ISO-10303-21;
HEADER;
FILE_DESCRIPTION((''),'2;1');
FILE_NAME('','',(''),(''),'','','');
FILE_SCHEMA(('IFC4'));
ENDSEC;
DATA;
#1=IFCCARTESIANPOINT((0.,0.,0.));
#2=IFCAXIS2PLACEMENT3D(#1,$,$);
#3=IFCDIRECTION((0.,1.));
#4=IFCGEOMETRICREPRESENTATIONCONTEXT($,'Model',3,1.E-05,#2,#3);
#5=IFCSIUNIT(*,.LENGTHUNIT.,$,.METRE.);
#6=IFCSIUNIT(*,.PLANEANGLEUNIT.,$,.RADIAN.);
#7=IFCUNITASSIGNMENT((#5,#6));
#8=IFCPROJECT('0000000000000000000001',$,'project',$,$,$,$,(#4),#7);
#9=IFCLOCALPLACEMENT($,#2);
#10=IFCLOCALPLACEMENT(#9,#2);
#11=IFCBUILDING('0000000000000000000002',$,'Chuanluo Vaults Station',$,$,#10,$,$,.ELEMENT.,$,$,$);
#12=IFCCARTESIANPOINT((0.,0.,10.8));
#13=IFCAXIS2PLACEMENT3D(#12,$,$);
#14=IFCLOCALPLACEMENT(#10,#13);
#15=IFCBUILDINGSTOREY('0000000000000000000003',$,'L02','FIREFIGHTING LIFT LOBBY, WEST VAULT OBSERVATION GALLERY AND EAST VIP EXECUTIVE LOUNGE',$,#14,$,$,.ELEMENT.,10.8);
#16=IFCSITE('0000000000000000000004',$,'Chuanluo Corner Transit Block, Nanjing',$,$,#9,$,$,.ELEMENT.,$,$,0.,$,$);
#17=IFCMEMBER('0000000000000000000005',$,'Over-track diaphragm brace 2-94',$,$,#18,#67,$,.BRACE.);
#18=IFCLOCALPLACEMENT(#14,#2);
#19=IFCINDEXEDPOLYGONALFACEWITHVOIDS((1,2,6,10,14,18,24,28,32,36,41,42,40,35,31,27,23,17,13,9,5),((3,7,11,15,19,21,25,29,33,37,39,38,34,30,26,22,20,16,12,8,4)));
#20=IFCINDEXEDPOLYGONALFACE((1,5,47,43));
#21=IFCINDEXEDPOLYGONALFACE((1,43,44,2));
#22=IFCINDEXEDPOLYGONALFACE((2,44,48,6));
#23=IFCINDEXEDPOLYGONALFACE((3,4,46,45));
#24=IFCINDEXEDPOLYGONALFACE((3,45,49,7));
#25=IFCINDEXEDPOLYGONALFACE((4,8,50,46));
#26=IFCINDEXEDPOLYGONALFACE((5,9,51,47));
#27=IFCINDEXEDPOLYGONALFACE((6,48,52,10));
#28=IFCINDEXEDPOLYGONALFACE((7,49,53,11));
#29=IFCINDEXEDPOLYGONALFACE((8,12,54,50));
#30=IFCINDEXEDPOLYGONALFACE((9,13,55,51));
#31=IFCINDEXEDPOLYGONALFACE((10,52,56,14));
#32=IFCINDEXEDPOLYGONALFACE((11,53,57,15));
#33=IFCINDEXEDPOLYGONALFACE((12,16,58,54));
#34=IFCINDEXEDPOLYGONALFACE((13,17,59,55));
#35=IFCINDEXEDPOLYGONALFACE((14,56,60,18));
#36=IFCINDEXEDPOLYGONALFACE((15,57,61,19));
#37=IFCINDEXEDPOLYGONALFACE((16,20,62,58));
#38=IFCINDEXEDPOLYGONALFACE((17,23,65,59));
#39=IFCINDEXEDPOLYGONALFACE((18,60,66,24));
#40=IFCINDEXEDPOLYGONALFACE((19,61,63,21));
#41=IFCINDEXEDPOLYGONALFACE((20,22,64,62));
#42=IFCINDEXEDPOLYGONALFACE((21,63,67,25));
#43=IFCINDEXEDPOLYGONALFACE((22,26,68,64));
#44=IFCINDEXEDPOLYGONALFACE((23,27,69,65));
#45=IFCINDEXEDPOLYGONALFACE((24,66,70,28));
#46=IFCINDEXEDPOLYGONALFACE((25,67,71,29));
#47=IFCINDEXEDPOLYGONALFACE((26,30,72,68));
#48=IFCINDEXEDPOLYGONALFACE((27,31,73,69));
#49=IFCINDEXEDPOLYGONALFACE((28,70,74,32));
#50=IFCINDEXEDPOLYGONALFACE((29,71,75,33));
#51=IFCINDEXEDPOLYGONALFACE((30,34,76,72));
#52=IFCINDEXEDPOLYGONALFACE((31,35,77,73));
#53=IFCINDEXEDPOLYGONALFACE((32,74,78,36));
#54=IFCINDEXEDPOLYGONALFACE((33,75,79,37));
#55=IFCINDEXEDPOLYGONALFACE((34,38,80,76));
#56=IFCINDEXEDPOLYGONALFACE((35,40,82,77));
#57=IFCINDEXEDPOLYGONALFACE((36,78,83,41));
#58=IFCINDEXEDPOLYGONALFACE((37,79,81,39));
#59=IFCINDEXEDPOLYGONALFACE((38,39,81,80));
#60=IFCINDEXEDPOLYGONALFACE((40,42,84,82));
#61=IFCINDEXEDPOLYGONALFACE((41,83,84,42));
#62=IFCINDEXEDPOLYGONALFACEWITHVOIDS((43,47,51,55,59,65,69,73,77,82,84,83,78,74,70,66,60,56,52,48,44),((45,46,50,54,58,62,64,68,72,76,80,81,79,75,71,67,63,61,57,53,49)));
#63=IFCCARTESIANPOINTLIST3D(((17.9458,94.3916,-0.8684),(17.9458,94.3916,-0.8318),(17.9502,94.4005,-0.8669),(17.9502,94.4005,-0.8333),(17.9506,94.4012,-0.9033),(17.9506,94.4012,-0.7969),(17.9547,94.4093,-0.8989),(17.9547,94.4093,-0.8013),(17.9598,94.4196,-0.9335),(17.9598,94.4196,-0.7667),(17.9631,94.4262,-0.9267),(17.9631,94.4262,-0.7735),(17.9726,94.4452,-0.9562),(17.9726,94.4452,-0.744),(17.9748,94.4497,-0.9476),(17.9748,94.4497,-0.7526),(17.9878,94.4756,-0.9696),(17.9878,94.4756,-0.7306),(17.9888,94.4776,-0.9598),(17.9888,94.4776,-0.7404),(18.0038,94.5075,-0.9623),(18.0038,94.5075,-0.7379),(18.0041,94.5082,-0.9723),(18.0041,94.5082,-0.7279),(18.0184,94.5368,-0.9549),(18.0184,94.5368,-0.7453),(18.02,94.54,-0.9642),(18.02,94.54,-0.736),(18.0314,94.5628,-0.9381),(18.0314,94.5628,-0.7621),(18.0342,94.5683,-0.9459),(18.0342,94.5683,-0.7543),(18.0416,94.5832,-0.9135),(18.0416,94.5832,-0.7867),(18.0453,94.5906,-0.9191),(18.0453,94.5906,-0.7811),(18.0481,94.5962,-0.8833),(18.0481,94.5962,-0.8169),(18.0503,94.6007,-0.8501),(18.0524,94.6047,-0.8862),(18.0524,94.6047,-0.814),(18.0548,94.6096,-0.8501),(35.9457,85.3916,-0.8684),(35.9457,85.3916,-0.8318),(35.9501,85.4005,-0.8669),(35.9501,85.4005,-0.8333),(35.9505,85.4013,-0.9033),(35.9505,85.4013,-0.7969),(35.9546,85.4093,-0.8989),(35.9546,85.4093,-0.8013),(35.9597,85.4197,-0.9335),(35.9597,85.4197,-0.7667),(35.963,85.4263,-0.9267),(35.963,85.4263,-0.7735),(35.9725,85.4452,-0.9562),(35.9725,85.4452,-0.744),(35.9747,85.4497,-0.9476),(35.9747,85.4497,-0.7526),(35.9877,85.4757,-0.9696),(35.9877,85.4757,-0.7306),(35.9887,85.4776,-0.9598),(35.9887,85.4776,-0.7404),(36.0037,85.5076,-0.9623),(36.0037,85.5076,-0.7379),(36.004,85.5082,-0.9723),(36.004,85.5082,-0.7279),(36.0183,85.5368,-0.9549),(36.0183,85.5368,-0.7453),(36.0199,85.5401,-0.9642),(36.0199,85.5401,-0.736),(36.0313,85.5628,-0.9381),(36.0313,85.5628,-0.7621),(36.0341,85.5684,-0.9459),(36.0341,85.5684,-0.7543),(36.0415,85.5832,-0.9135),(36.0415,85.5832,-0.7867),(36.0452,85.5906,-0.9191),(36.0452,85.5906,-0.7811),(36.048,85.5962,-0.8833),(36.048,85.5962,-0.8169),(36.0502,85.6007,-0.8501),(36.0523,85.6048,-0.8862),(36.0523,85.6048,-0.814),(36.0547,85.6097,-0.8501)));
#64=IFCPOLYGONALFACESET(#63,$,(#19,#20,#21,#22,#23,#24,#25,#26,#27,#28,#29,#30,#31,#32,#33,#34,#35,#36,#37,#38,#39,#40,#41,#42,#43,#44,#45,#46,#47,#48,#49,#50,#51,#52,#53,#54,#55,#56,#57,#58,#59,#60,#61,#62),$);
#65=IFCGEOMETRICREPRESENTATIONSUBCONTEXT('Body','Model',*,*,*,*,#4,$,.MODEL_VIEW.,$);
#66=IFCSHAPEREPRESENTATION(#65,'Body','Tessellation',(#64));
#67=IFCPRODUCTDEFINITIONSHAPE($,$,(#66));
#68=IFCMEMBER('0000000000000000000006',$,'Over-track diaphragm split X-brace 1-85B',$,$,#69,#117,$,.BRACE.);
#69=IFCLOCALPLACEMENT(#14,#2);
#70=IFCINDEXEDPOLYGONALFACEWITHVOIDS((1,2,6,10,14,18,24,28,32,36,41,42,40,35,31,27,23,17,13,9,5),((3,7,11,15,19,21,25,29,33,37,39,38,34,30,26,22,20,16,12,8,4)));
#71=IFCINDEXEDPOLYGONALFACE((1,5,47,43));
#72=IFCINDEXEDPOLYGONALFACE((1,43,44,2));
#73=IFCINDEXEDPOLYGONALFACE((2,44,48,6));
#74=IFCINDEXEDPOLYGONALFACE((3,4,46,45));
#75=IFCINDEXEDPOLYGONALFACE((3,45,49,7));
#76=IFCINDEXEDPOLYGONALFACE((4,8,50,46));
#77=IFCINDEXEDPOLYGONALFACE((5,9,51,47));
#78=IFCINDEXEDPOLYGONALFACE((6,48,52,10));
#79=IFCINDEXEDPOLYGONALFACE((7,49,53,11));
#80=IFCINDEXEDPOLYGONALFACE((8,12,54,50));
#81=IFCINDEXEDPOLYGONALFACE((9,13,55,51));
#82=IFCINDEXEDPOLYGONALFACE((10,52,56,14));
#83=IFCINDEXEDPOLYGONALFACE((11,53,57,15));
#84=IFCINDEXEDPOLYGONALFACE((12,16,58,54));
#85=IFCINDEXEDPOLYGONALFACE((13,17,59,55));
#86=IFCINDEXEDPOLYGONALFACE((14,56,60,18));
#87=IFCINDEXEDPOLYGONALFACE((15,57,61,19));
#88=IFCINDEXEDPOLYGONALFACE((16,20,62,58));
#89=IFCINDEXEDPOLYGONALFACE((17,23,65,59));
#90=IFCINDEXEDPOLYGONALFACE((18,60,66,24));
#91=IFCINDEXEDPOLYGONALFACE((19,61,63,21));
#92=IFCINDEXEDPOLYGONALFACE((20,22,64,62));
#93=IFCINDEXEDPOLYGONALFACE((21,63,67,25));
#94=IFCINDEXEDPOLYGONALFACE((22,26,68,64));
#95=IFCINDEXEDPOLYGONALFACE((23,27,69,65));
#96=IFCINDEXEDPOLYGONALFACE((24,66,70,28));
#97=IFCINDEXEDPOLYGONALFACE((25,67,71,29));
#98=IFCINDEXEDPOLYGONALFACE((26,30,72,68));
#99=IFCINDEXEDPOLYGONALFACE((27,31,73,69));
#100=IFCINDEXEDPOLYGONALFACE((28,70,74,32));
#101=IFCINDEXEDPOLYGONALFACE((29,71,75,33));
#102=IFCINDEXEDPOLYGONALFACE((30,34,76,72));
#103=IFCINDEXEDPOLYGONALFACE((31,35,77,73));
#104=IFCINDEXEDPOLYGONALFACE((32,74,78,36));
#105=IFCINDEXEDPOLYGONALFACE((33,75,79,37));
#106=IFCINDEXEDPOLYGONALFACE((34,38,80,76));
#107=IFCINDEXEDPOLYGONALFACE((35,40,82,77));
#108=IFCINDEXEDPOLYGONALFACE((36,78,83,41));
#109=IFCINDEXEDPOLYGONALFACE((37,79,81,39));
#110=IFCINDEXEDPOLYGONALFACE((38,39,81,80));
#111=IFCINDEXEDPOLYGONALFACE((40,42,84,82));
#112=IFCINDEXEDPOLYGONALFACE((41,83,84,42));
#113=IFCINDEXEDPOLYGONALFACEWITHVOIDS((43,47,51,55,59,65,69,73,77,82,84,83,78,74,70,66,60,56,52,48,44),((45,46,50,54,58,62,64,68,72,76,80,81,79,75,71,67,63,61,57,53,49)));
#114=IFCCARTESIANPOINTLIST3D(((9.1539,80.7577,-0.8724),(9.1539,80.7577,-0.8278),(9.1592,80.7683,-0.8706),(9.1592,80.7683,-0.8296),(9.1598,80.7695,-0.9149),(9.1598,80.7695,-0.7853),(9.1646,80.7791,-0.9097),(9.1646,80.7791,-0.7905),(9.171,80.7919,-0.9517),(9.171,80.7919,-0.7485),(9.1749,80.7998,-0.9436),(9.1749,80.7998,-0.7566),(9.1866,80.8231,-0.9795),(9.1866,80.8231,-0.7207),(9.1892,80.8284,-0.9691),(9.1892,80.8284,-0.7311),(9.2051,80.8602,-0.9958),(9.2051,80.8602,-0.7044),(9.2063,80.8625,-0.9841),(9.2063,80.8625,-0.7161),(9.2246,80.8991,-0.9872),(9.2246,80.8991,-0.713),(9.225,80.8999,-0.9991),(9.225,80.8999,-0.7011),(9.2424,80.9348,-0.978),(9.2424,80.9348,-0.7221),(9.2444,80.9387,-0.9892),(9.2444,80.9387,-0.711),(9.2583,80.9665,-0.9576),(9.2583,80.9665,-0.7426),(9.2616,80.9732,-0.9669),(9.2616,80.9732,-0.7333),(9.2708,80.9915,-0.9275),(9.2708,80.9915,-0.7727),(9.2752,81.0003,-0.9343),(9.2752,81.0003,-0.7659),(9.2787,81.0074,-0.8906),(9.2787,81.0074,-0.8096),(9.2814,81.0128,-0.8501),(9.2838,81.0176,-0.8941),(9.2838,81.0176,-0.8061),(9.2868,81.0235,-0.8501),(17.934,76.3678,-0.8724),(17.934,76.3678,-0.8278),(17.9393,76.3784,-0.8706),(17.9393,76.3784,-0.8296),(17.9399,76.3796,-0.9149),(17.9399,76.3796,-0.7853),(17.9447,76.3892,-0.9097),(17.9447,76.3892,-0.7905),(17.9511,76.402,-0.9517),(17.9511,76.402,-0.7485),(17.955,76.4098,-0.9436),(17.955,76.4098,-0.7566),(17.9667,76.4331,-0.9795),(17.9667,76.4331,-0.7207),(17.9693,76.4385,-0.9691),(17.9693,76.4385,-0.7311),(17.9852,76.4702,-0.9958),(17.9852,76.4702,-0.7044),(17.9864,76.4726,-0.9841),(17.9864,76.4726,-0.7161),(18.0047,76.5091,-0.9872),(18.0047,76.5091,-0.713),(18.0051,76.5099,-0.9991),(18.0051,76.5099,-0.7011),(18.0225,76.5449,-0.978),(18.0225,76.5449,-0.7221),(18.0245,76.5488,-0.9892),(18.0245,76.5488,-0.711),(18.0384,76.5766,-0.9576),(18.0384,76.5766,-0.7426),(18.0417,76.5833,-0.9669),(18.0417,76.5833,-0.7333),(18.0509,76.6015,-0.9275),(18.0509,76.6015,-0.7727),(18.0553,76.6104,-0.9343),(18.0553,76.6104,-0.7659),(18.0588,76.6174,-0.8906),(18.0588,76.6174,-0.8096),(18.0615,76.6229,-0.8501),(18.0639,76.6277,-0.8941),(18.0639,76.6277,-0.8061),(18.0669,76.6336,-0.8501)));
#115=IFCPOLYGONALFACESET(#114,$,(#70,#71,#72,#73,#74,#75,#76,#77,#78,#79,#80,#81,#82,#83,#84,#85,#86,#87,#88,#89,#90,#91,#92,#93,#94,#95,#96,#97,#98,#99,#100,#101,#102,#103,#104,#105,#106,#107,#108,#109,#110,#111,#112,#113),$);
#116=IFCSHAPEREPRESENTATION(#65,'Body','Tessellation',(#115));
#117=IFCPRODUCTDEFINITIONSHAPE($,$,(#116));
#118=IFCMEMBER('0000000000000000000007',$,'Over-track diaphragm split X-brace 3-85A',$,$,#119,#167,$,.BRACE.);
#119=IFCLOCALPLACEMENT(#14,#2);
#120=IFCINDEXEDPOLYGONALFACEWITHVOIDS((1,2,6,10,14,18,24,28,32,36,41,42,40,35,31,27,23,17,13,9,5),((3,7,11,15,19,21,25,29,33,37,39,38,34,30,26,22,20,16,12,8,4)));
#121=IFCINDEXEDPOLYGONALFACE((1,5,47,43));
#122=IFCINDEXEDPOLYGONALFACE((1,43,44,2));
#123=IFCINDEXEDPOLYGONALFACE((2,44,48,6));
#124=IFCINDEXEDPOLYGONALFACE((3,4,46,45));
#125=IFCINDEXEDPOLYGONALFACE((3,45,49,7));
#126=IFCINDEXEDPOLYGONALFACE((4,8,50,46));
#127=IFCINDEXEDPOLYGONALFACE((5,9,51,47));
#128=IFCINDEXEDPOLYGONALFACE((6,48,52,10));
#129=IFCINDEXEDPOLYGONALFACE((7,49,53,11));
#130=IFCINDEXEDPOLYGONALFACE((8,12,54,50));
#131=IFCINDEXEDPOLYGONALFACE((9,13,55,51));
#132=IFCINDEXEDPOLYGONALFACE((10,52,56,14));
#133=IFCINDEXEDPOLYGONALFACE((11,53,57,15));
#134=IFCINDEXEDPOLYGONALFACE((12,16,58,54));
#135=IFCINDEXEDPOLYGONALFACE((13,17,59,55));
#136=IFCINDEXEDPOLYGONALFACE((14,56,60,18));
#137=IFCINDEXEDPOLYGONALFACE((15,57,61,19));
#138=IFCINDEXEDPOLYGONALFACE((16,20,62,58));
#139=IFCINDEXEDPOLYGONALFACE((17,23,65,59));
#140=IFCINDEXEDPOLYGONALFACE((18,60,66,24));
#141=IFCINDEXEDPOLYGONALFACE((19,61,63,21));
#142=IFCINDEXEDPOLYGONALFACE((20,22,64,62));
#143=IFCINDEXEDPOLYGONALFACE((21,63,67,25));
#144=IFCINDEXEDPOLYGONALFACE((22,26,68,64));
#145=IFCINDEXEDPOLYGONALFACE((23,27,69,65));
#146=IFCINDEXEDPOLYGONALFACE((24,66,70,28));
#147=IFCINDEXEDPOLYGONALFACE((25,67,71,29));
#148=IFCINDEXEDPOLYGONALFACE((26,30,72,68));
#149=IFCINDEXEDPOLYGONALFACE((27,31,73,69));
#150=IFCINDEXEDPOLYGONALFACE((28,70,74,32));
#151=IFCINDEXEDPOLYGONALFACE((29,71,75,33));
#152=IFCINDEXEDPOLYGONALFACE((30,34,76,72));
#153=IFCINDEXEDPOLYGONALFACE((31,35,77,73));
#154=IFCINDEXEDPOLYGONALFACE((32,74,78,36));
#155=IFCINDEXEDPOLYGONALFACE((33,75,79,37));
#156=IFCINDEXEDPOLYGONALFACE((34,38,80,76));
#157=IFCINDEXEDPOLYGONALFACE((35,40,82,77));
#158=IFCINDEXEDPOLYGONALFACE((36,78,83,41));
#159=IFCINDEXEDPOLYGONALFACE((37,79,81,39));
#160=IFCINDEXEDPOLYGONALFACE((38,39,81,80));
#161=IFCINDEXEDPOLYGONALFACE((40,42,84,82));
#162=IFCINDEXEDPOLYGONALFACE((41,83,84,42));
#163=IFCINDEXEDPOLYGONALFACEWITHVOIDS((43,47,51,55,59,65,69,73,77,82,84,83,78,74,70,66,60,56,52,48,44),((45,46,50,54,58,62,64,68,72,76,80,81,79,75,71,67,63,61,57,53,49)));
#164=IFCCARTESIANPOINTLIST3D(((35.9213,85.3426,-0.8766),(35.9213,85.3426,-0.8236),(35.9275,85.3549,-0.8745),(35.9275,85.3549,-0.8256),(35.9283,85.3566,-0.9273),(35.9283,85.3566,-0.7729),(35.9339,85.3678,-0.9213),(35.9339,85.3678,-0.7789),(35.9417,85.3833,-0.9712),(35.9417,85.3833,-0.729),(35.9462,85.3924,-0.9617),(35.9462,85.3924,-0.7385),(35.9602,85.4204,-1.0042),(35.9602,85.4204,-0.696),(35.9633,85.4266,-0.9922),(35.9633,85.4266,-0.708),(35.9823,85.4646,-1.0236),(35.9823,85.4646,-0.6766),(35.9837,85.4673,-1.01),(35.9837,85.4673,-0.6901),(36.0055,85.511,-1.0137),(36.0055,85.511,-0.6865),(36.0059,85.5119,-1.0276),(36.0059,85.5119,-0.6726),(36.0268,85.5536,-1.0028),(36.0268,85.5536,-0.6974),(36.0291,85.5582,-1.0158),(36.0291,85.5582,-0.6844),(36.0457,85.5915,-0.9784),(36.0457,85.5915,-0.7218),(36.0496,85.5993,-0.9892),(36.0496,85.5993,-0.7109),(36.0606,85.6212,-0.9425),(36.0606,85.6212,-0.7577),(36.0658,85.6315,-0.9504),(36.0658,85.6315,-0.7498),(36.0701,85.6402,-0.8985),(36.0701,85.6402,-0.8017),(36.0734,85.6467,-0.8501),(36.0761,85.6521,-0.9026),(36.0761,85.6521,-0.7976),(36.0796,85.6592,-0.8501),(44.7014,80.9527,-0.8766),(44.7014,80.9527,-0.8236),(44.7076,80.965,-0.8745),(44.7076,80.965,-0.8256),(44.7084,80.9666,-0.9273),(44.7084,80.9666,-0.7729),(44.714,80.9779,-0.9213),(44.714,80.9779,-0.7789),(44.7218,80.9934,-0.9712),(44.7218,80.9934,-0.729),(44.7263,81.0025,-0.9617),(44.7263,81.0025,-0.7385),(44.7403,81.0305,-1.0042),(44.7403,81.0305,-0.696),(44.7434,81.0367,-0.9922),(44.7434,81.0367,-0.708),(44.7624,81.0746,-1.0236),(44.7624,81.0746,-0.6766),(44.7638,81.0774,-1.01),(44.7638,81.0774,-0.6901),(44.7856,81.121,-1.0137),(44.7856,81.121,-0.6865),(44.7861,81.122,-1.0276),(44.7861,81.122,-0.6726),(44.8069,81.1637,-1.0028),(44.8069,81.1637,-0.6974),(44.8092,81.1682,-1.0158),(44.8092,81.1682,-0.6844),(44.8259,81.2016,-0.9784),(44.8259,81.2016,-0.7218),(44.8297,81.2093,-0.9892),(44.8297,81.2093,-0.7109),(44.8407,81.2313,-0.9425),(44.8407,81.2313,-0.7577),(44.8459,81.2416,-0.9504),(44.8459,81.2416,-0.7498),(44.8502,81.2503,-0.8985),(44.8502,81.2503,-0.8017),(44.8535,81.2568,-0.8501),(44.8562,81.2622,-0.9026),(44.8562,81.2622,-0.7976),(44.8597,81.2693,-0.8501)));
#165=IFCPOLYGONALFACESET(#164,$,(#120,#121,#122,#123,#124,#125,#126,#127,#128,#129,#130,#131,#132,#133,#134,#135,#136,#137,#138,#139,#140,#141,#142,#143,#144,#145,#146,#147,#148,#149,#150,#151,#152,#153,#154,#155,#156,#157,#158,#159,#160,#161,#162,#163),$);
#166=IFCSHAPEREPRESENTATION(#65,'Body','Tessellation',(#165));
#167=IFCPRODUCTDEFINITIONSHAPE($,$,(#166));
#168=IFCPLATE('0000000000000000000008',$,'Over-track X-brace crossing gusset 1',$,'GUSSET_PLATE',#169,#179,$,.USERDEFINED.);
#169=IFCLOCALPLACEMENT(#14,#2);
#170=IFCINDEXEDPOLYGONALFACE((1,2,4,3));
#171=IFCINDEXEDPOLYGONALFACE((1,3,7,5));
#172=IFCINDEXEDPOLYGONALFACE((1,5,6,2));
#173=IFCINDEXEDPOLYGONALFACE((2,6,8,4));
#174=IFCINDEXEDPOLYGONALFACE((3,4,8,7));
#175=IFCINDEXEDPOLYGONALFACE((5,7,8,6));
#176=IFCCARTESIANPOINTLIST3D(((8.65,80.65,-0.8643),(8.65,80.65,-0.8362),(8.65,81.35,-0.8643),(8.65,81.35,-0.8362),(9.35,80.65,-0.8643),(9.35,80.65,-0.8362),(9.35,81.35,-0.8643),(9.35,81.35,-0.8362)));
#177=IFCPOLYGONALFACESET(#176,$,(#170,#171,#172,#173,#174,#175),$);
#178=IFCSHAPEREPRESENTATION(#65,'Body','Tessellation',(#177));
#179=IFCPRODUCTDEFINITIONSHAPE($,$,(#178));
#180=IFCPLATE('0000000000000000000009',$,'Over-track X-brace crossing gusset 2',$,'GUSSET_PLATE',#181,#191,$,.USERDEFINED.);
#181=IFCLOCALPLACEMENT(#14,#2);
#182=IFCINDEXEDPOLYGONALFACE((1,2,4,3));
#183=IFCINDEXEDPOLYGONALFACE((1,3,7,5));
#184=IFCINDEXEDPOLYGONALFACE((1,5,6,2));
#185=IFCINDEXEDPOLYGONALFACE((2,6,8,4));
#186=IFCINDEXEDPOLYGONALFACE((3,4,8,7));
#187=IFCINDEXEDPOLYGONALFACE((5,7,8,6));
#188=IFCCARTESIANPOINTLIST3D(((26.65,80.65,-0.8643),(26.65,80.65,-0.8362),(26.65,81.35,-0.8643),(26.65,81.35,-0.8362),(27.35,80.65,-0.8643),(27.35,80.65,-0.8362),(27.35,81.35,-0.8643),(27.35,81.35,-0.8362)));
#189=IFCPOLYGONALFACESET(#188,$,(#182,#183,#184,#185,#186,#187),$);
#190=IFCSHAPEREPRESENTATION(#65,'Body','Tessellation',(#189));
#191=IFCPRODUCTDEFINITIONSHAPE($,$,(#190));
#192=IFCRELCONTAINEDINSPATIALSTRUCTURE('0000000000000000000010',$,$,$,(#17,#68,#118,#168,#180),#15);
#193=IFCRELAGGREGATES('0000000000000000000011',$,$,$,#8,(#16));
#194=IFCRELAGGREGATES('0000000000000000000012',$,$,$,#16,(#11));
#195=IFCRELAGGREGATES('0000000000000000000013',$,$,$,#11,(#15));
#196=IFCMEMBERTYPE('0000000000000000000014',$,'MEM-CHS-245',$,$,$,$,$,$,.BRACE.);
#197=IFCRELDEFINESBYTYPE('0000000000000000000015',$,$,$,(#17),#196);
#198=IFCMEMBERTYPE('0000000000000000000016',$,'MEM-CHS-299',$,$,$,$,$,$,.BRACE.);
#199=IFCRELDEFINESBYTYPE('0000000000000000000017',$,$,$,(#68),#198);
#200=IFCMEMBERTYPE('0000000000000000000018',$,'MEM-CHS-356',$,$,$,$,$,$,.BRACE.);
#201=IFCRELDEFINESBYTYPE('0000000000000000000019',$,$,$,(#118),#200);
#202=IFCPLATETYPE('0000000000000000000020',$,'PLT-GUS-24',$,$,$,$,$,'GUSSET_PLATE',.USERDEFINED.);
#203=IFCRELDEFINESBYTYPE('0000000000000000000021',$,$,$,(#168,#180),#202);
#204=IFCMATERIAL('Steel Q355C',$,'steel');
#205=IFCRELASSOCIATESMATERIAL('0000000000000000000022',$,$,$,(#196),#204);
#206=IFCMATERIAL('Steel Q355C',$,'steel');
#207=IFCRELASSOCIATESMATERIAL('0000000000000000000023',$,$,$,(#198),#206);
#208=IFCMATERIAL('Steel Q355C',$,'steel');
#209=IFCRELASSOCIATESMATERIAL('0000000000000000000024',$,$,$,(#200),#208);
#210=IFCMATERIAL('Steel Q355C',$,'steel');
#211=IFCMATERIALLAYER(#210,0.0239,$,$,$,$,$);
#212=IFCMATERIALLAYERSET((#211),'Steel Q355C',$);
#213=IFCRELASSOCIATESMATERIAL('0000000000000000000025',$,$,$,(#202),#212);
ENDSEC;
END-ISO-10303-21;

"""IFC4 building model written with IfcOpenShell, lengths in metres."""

from ifc_helpers import new_model, si_unit, direction, frame, origin, origin_2d, place, context, subcontext, project, spatial, rectangle, hollow_circle, extrude, material, layer, layer_set, material_profile, profile_set, type_object, element, save


model = new_model("IFC4")

# Units and contexts
model_context = context("Model", 3, precision=1e-05, world=origin(), true_north=direction((0.0, 1.0)))
body_context = subcontext(model_context, "Body", "Model", "MODEL_VIEW")
ifc_project = project(units=[si_unit("LENGTHUNIT", "METRE"), si_unit("PLANEANGLEUNIT", "RADIAN")], contexts=[model_context])

# Site, building, storey
site_placement = place(None, origin())
site = spatial("IfcSite", under=ifc_project, at=site_placement, Name="Chuanluo Corner Transit Block, Nanjing", CompositionType="ELEMENT", RefElevation=0.0)
building_placement = place(site_placement, origin())
building = spatial("IfcBuilding", under=site, at=building_placement, Name="Chuanluo Vaults Station", CompositionType="ELEMENT")
storey_placement = place(building_placement, frame((0.0, 0.0, 10.8)))
storey = spatial("IfcBuildingStorey", under=building, at=storey_placement, Name="L02", Description="FIREFIGHTING LIFT LOBBY, WEST VAULT OBSERVATION GALLERY AND EAST VIP EXECUTIVE LOUNGE", CompositionType="ELEMENT", Elevation=10.8)

# Members
ifc_material_1 = material(Name="Steel Q355C", Category="steel")
ifc_material_profile_1 = material_profile(ifc_material_1, hollow_circle(Radius=0.1226, WallThickness=0.01, at=origin_2d()))
ifc_profile_set_1 = profile_set([ifc_material_profile_1], Name="Steel Q355C")
member_type_1 = type_object("IfcMemberType", Name="MEM-CHS-245", PredefinedType="BRACE", material=ifc_profile_set_1)
member_1_placement = place(storey_placement, frame((18.0, 94.5, -0.8501), z_axis=(0.894427, -0.447214, 0.0), x_axis=(0.447214, 0.894427, 0.0)))
element("IfcMember", 1, at=member_1_placement, inside=storey, type_object=member_type_1, Name="Over-track diaphragm brace 2-94", PredefinedType="BRACE", context=body_context, shape_type="SweptSolid", body=[
    extrude(hollow_circle(Radius=0.1226, WallThickness=0.01, at=origin_2d()), origin(), (0.0, 0.0, 1.0), 20.1245),
])
ifc_material_2 = material(Name="Steel Q355C", Category="steel")
ifc_material_profile_2 = material_profile(ifc_material_2, hollow_circle(Radius=0.1494, WallThickness=0.012, at=origin_2d()))
ifc_profile_set_2 = profile_set([ifc_material_profile_2], Name="Steel Q355C")
member_type_2 = type_object("IfcMemberType", Name="MEM-CHS-299", PredefinedType="BRACE", material=ifc_profile_set_2)
member_2_placement = place(storey_placement, frame((9.22, 80.8899, -0.8501), z_axis=(0.894432, -0.447204, 0.0), x_axis=(0.447204, 0.894432, 0.0)))
element("IfcMember", 2, at=member_2_placement, inside=storey, type_object=member_type_2, Name="Over-track diaphragm split X-brace 1-85B", PredefinedType="BRACE", context=body_context, shape_type="SweptSolid", body=[
    extrude(hollow_circle(Radius=0.1494, WallThickness=0.012, at=origin_2d()), origin(), (0.0, 0.0, 1.0), 9.8164),
])
ifc_material_3 = material(Name="Steel Q355C", Category="steel")
ifc_material_profile_3 = material_profile(ifc_material_3, hollow_circle(Radius=0.178, WallThickness=0.0139, at=origin_2d()))
ifc_profile_set_3 = profile_set([ifc_material_profile_3], Name="Steel Q355C")
member_type_3 = type_object("IfcMemberType", Name="MEM-CHS-356", PredefinedType="BRACE", material=ifc_profile_set_3)
member_3_placement = place(storey_placement, frame((36.0, 85.5, -0.8501), z_axis=(0.894432, -0.447204, 0.0), x_axis=(0.447204, 0.894432, 0.0)))
element("IfcMember", 3, at=member_3_placement, inside=storey, type_object=member_type_3, Name="Over-track diaphragm split X-brace 3-85A", PredefinedType="BRACE", context=body_context, shape_type="SweptSolid", body=[
    extrude(hollow_circle(Radius=0.178, WallThickness=0.0139, at=origin_2d()), origin(), (0.0, 0.0, 1.0), 9.8164),
])

# Plates
ifc_material_4 = material(Name="Steel Q355C", Category="steel")
ifc_layer_1 = layer(ifc_material_4, 0.0239)
ifc_layer_set_1 = layer_set([ifc_layer_1], Name="Steel Q355C")
plate_type_1 = type_object("IfcPlateType", Name="PLT-GUS-24", ElementType="GUSSET_PLATE", PredefinedType="USERDEFINED", material=ifc_layer_set_1)
for number, where, z_axis, x_axis, name in (
    (4, (9.0, 81.0, -0.8643), (0.0, 0.0, 1.0), (1.0, 0.0, 0.0), "Over-track X-brace crossing gusset 1"),
    (5, (27.0, 81.0, -0.8643), (0.0, 0.0, 1.0), (1.0, 0.0, 0.0), "Over-track X-brace crossing gusset 2"),
):
    element("IfcPlate", number, at=place(storey_placement, frame(where, z_axis=z_axis, x_axis=x_axis)), inside=storey, type_object=plate_type_1, Name=name, ObjectType="GUSSET_PLATE", PredefinedType="USERDEFINED", context=body_context, shape_type="SweptSolid", body=[
        extrude(rectangle(XDim=0.7, YDim=0.7, at=origin_2d()), origin(), (0.0, 0.0, 1.0), 0.0281),
    ])

save(model, "model.ifc")
